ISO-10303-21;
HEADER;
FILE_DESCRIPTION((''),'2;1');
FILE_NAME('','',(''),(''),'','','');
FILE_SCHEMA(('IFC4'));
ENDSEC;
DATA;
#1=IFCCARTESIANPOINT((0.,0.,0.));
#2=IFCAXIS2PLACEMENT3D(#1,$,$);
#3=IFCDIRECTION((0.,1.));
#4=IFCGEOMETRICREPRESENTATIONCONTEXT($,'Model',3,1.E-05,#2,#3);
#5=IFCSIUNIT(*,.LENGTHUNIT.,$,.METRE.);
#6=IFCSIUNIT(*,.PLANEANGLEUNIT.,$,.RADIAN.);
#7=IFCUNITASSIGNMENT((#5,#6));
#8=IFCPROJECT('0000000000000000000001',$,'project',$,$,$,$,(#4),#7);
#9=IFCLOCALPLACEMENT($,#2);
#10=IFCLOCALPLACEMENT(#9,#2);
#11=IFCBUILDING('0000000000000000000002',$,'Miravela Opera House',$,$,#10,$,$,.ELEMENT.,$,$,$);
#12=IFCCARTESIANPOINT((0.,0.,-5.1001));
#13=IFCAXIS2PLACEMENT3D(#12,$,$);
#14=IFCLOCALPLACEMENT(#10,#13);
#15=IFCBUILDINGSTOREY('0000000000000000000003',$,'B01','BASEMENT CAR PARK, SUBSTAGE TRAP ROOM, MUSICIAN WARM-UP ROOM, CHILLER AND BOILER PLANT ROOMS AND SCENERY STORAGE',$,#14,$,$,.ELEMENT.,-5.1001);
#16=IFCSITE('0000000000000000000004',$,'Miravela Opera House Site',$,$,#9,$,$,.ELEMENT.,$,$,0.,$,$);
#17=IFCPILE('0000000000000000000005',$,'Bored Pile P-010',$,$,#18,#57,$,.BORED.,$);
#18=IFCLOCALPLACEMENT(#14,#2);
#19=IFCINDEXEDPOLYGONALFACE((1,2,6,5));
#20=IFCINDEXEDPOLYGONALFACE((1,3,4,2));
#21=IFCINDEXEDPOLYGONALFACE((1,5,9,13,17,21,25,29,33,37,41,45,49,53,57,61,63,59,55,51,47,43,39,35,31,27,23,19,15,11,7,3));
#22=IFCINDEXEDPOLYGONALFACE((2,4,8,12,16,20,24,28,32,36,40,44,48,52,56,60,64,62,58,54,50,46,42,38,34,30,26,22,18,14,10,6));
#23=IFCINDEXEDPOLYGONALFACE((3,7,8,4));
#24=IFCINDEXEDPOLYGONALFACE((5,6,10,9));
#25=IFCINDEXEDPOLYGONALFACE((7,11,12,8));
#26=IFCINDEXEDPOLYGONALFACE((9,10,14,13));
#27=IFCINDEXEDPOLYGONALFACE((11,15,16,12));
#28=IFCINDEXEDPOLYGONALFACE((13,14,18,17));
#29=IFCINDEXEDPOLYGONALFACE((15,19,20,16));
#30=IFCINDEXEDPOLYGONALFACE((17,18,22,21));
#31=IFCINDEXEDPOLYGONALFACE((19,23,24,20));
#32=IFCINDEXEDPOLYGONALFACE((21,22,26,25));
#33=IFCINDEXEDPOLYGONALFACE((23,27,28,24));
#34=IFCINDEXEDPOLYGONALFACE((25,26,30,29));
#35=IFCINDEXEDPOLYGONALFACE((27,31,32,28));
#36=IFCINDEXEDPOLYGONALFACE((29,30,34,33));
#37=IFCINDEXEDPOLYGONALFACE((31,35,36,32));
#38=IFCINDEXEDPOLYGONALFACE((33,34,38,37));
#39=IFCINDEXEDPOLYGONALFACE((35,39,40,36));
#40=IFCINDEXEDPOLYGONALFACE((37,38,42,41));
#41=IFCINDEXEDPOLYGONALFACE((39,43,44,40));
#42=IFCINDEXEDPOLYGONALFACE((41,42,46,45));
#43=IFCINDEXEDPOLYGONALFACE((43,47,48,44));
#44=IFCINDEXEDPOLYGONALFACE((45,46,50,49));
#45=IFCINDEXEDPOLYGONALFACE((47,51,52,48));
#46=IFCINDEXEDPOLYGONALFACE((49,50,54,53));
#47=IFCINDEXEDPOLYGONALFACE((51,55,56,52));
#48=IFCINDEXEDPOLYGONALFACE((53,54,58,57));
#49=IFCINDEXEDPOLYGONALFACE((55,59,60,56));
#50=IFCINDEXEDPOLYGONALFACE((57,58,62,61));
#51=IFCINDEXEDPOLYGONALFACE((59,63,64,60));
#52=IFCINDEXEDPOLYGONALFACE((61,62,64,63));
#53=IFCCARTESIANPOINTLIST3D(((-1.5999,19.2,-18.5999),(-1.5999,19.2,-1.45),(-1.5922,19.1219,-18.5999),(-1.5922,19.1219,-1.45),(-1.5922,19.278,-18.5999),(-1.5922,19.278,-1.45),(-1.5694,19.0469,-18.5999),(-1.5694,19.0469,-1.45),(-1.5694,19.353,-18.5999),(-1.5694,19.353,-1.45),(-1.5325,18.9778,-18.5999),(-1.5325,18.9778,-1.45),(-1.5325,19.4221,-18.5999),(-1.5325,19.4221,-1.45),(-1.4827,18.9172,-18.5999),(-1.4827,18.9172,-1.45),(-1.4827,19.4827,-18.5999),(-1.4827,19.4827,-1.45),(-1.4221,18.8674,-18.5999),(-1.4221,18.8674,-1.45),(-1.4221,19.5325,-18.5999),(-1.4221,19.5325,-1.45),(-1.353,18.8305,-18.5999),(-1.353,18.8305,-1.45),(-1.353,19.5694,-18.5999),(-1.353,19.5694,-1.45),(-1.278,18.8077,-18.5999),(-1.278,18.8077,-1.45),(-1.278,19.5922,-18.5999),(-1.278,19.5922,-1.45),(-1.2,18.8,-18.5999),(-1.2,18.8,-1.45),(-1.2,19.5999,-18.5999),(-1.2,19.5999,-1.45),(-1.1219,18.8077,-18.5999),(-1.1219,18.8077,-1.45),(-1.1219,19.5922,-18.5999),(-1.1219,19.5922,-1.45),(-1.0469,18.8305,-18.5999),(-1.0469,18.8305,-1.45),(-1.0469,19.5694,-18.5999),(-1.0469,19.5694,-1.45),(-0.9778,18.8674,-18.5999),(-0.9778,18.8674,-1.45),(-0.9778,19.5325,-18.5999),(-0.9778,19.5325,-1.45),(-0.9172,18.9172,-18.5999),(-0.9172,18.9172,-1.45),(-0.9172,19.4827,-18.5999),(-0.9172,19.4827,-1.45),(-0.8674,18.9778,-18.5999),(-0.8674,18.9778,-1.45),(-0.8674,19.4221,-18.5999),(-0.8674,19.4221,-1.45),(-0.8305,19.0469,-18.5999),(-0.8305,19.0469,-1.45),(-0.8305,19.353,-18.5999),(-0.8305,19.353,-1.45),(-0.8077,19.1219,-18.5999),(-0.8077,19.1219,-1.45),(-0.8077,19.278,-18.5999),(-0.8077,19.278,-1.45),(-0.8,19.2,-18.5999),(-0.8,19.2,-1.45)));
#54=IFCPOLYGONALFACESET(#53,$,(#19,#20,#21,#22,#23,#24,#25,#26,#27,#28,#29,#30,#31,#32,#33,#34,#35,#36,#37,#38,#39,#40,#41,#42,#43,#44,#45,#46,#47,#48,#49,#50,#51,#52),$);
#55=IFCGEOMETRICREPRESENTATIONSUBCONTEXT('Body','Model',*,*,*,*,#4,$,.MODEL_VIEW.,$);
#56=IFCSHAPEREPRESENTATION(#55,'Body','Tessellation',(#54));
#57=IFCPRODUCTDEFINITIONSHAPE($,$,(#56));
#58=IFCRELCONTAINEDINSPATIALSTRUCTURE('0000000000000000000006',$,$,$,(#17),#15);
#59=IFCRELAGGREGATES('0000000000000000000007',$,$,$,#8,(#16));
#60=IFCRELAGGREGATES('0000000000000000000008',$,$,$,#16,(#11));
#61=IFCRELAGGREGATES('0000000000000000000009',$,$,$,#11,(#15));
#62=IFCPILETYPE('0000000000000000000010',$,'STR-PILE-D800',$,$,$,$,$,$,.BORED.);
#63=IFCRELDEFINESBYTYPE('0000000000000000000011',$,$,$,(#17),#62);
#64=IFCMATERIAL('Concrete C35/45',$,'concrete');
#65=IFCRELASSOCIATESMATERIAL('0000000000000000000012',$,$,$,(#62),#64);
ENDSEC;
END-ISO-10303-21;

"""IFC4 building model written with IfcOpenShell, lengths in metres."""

from ifc_helpers import new_model, si_unit, direction, frame, origin, origin_2d, place, context, subcontext, project, spatial, circle, extrude, material, material_profile, profile_set, type_object, element, save


model = new_model("IFC4")

# Units and contexts
model_context = context("Model", 3, precision=1e-05, world=origin(), true_north=direction((0.0, 1.0)))
body_context = subcontext(model_context, "Body", "Model", "MODEL_VIEW")
ifc_project = project(units=[si_unit("LENGTHUNIT", "METRE"), si_unit("PLANEANGLEUNIT", "RADIAN")], contexts=[model_context])

# Site, building, storey
site_placement = place(None, origin())
site = spatial("IfcSite", under=ifc_project, at=site_placement, Name="Miravela Opera House Site", CompositionType="ELEMENT", RefElevation=0.0)
building_placement = place(site_placement, origin())
building = spatial("IfcBuilding", under=site, at=building_placement, Name="Miravela Opera House", CompositionType="ELEMENT")
storey_placement = place(building_placement, frame((0.0, 0.0, -5.1001)))
storey = spatial("IfcBuildingStorey", under=building, at=storey_placement, Name="B01", Description="BASEMENT CAR PARK, SUBSTAGE TRAP ROOM, MUSICIAN WARM-UP ROOM, CHILLER AND BOILER PLANT ROOMS AND SCENERY STORAGE", CompositionType="ELEMENT", Elevation=-5.1001)

# Shared definitions
ifc_material = material(Name="Concrete C35/45", Category="concrete")

# Pile
ifc_material_profile = material_profile(ifc_material, circle(Radius=0.3999, at=origin_2d()), Name="PILE-D800")
ifc_profile_set = profile_set([ifc_material_profile])
pile_type = type_object("IfcPileType", Name="STR-PILE-D800", PredefinedType="BORED", material=ifc_profile_set)
for number, where, z_axis, x_axis, name in (
    (1, (-1.2, 19.2, -1.45), (0.0, 0.0, -1.0), (1.0, 0.0, 0.0), "Bored Pile P-010"),
):
    element("IfcPile", number, at=place(storey_placement, frame(where, z_axis=z_axis, x_axis=x_axis)), inside=storey, type_object=pile_type, Name=name, PredefinedType="BORED", context=body_context, shape_type="SweptSolid", body=[
        extrude(circle(Radius=0.3999, at=origin_2d()), origin(), (0.0, 0.0, 1.0), 17.1499),
    ])

save(model, "model.ifc")
